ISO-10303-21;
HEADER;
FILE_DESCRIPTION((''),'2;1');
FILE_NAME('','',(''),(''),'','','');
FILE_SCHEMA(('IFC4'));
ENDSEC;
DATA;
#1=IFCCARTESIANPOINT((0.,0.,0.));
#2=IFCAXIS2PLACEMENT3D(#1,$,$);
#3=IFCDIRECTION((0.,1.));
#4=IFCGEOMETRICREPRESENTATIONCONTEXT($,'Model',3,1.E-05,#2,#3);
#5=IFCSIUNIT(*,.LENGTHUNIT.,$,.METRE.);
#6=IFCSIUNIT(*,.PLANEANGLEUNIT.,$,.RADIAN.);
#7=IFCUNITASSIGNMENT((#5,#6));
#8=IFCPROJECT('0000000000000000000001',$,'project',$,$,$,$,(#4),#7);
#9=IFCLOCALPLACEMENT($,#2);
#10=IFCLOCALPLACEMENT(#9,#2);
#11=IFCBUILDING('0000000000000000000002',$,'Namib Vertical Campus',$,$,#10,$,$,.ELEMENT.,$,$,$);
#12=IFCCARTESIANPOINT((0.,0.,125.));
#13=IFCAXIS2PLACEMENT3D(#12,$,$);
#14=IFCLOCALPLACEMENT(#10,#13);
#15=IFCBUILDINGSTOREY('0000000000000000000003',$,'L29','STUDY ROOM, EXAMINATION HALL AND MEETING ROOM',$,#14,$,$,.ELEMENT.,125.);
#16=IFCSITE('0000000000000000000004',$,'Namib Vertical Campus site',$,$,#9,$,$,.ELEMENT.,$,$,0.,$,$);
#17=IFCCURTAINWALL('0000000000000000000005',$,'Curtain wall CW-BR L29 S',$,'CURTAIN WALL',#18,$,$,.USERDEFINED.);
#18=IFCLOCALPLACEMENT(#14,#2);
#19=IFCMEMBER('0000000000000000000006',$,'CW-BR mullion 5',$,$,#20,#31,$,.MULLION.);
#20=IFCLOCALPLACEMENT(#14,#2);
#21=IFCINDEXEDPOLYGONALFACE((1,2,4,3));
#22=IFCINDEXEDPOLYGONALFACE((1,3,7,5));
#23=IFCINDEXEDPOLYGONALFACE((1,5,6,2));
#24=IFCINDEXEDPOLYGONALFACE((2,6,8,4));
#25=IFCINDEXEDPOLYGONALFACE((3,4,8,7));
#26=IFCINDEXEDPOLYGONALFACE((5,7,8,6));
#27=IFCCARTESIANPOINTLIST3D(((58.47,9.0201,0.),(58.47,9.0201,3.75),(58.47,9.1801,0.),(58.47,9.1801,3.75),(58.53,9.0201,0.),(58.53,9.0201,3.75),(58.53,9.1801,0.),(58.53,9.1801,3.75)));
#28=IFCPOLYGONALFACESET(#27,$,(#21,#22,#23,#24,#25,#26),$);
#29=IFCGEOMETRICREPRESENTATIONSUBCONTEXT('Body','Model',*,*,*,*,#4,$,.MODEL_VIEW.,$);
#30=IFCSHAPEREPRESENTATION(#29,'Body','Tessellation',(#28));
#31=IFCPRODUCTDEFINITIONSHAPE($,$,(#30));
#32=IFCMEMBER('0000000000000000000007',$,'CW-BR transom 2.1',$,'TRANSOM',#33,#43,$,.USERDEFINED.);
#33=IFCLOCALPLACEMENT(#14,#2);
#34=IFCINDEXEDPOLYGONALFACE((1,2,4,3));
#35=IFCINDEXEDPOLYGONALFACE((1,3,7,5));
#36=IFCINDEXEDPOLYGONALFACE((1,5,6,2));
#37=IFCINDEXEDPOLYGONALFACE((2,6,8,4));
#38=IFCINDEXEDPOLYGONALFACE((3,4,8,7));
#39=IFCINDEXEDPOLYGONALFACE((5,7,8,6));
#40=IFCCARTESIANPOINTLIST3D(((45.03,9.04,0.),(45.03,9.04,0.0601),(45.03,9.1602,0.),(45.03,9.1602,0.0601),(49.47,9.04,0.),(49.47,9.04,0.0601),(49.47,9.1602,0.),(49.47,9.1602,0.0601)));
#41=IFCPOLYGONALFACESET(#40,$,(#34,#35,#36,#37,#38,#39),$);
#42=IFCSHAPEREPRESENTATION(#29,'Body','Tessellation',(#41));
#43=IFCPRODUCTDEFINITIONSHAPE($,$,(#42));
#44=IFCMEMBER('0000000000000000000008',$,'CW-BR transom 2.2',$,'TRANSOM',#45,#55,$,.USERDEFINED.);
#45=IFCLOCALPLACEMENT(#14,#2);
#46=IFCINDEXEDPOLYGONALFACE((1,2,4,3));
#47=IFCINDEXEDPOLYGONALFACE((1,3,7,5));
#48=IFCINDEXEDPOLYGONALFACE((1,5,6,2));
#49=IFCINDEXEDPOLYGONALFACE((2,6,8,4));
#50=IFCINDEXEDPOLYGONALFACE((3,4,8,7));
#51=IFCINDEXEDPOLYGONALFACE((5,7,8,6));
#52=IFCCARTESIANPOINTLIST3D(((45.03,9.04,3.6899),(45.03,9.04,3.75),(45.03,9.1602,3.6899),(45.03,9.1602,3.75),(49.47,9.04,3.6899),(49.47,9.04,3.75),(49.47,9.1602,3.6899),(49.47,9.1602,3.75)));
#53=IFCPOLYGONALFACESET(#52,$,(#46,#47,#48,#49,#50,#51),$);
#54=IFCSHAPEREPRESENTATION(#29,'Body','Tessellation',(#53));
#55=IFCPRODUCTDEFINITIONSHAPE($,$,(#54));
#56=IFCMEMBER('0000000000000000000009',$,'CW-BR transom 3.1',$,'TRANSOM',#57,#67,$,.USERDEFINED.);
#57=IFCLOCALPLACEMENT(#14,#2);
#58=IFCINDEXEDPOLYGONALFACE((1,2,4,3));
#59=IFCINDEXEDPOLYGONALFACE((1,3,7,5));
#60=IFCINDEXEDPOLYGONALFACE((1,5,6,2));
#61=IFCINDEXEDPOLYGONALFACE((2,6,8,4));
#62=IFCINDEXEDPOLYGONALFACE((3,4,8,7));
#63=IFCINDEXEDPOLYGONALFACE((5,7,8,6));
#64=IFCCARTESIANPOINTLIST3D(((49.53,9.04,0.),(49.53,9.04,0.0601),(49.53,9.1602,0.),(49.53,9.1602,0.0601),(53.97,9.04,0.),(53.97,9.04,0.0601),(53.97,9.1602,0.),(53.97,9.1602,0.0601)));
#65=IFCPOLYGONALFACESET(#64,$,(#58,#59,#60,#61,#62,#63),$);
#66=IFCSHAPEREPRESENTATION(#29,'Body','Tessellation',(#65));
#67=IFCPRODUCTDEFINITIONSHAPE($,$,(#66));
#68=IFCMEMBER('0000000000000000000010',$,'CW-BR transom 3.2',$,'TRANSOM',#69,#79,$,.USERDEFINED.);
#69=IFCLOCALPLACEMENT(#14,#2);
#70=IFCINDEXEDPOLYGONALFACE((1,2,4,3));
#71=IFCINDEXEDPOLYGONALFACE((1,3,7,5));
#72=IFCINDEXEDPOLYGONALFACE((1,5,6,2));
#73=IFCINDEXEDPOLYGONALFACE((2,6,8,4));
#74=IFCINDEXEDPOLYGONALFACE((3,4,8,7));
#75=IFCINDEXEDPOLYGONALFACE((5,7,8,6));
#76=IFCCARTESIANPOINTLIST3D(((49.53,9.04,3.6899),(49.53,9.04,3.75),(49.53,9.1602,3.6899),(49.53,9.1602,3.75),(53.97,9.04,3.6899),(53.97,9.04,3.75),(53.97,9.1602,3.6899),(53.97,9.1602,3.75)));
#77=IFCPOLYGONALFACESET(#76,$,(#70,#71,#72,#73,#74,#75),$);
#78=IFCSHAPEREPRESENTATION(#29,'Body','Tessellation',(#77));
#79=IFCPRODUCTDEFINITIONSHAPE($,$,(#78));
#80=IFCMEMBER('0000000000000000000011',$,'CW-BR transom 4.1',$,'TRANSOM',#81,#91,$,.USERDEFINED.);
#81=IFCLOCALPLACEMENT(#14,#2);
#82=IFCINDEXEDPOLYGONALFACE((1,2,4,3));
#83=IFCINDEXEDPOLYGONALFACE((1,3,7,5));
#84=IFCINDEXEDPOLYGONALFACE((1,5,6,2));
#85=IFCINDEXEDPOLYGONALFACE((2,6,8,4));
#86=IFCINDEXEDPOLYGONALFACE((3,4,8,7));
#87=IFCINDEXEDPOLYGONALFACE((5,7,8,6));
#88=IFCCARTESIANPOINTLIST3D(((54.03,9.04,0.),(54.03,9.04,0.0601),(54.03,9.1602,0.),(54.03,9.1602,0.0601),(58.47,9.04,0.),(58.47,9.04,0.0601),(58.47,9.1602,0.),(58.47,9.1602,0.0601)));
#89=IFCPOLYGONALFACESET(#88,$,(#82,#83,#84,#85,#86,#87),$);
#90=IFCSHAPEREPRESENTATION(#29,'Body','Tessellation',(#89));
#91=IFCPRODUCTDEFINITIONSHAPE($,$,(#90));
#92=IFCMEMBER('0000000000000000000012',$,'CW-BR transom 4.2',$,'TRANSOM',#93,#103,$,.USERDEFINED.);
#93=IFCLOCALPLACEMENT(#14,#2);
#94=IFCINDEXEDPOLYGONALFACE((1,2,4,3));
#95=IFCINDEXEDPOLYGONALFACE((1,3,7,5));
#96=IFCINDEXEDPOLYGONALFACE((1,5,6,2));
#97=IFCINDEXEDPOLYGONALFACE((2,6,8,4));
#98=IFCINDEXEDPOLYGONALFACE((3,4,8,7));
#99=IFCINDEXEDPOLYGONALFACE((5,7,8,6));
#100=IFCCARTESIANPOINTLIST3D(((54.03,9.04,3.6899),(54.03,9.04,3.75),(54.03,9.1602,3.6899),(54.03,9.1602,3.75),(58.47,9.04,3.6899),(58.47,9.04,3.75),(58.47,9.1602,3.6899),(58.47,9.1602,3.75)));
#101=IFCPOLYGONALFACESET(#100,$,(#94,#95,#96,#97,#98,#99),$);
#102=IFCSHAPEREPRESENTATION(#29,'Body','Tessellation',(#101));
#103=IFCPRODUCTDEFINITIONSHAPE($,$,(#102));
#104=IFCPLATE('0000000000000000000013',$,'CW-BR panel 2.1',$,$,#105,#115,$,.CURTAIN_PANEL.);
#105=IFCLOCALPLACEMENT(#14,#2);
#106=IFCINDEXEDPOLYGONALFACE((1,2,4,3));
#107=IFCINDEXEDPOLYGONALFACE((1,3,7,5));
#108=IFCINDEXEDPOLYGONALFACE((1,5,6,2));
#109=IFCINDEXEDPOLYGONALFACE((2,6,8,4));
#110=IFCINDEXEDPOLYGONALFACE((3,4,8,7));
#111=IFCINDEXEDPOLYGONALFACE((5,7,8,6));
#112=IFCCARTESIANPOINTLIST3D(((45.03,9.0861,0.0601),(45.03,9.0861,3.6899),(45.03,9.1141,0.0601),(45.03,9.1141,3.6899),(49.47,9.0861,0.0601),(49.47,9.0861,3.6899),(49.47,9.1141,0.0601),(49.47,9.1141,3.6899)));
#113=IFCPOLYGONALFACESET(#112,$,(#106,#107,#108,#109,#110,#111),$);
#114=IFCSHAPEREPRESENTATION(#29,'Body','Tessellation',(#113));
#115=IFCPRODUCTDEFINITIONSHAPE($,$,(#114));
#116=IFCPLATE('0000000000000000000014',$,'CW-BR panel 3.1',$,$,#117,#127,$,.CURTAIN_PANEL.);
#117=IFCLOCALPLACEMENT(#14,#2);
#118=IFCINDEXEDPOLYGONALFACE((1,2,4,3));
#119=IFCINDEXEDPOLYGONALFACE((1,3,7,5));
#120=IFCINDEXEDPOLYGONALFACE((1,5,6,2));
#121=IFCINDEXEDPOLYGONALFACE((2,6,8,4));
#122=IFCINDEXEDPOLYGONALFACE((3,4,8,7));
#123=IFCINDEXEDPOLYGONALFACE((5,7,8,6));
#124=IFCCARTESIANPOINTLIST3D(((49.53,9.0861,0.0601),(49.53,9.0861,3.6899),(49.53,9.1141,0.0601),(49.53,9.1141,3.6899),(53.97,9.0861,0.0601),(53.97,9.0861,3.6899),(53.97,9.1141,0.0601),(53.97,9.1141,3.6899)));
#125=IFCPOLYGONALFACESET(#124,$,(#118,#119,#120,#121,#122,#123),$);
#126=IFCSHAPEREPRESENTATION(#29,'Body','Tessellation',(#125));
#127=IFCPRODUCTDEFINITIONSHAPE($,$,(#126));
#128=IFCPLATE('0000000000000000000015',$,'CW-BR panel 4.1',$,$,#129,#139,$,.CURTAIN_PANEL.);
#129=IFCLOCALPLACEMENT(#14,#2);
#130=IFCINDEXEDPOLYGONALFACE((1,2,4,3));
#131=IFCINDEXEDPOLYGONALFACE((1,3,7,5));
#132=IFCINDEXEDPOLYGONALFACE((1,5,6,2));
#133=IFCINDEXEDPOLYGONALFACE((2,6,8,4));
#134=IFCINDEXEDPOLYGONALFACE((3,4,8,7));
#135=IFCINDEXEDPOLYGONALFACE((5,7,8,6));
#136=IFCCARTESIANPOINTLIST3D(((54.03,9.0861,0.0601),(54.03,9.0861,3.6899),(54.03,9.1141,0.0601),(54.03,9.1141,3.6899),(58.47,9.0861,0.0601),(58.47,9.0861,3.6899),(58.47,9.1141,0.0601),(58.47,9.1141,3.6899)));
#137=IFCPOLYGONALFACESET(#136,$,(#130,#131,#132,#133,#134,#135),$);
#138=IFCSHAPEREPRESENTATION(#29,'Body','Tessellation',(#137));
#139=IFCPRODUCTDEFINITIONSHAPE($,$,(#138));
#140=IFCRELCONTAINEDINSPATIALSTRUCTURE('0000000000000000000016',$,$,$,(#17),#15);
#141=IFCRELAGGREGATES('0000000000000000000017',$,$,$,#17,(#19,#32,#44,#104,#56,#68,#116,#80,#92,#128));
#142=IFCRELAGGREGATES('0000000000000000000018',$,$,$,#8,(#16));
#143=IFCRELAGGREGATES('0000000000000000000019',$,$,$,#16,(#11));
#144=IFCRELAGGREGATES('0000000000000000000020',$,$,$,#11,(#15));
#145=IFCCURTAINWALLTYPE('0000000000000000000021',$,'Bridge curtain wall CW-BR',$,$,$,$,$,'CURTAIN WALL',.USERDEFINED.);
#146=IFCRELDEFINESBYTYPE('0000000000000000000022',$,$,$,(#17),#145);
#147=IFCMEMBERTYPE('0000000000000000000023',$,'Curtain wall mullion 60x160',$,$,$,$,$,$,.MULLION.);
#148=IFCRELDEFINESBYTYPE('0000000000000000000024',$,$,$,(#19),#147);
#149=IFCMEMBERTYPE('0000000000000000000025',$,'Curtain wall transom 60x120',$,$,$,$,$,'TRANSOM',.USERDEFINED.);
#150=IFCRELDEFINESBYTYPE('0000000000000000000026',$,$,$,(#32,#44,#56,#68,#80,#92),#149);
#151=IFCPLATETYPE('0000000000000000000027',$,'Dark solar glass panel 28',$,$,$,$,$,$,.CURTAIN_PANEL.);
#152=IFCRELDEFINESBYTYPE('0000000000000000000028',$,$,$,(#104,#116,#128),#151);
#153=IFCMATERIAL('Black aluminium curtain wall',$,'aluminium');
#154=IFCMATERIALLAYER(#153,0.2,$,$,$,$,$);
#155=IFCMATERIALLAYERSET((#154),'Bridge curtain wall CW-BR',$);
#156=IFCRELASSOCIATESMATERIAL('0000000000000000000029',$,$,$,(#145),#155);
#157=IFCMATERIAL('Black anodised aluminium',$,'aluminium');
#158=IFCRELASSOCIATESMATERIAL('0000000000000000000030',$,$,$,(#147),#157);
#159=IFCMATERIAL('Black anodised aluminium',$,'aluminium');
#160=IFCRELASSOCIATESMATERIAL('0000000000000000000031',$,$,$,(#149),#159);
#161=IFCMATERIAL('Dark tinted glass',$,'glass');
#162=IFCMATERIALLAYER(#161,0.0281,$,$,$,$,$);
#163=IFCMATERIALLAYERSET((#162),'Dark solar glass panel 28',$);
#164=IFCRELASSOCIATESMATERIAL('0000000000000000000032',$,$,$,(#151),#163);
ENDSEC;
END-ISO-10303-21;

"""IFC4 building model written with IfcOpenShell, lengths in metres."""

from ifc_helpers import new_model, si_unit, direction, frame, origin, origin_2d, place, context, subcontext, project, spatial, rectangle, extrude, material, layer, layer_set, material_profile, profile_set, type_object, element, aggregate, save


model = new_model("IFC4")

# Units and contexts
model_context = context("Model", 3, precision=1e-05, world=origin(), true_north=direction((0.0, 1.0)))
body_context = subcontext(model_context, "Body", "Model", "MODEL_VIEW")
ifc_project = project(units=[si_unit("LENGTHUNIT", "METRE"), si_unit("PLANEANGLEUNIT", "RADIAN")], contexts=[model_context])

# Site, building, storey
site_placement = place(None, origin())
site = spatial("IfcSite", under=ifc_project, at=site_placement, Name="Namib Vertical Campus site", CompositionType="ELEMENT", RefElevation=0.0)
building_placement = place(site_placement, origin())
building = spatial("IfcBuilding", under=site, at=building_placement, Name="Namib Vertical Campus", CompositionType="ELEMENT")
storey_placement = place(building_placement, frame((0.0, 0.0, 125.0)))
storey = spatial("IfcBuildingStorey", under=building, at=storey_placement, Name="L29", Description="STUDY ROOM, EXAMINATION HALL AND MEETING ROOM", CompositionType="ELEMENT", Elevation=125.0)

# Curtain wall, members, plates
ifc_material_1 = material(Name="Black aluminium curtain wall", Category="aluminium")
ifc_layer_1 = layer(ifc_material_1, 0.2)
ifc_layer_set_1 = layer_set([ifc_layer_1], Name="Bridge curtain wall CW-BR")
curtain_wall_type = type_object("IfcCurtainWallType", Name="Bridge curtain wall CW-BR", ElementType="CURTAIN WALL", PredefinedType="USERDEFINED", material=ifc_layer_set_1)
curtain_wall_placement = place(storey_placement, origin())
curtain_wall = element("IfcCurtainWall", 1, at=curtain_wall_placement, inside=storey, type_object=curtain_wall_type, Name="Curtain wall CW-BR L29 S", ObjectType="CURTAIN WALL", PredefinedType="USERDEFINED")
ifc_material_2 = material(Name="Black anodised aluminium", Category="aluminium")
ifc_material_profile_1 = material_profile(ifc_material_2, rectangle(XDim=0.0601, YDim=0.1599, at=origin_2d()))
ifc_profile_set_1 = profile_set([ifc_material_profile_1], Name="Black anodised aluminium")
member_type_1 = type_object("IfcMemberType", Name="Curtain wall mullion 60x160", PredefinedType="MULLION", material=ifc_profile_set_1)
member_1_placement = place(storey_placement, frame((58.5, 9.1001, 0.0), z_axis=(0.0, 0.0, 1.0), x_axis=(1.0, 0.0, 0.0)))
member_1 = element("IfcMember", 2, at=member_1_placement, type_object=member_type_1, Name="CW-BR mullion 5", PredefinedType="MULLION", context=body_context, shape_type="SweptSolid", body=[
    extrude(rectangle(XDim=0.0601, YDim=0.1599, at=origin_2d()), origin(), (0.0, 0.0, 1.0), 3.75),
])
ifc_material_3 = material(Name="Black anodised aluminium", Category="aluminium")
ifc_material_profile_2 = material_profile(ifc_material_3, rectangle(XDim=0.0601, YDim=0.1201, at=origin_2d()))
ifc_profile_set_2 = profile_set([ifc_material_profile_2], Name="Black anodised aluminium")
member_type_2 = type_object("IfcMemberType", Name="Curtain wall transom 60x120", ElementType="TRANSOM", PredefinedType="USERDEFINED", material=ifc_profile_set_2)
member_2_placement = place(storey_placement, frame((45.03, 9.1001, 0.03), z_axis=(1.0, 0.0, 0.0), x_axis=(0.0, 0.0, 1.0)))
member_2 = element("IfcMember", 3, at=member_2_placement, type_object=member_type_2, Name="CW-BR transom 2.1", ObjectType="TRANSOM", PredefinedType="USERDEFINED", context=body_context, shape_type="SweptSolid", body=[
    extrude(rectangle(XDim=0.0601, YDim=0.1201, at=origin_2d()), origin(), (0.0, 0.0, 1.0), 4.4399),
])
member_3_placement = place(storey_placement, frame((45.03, 9.1001, 3.72), z_axis=(1.0, 0.0, 0.0), x_axis=(0.0, 0.0, 1.0)))
member_3 = element("IfcMember", 4, at=member_3_placement, type_object=member_type_2, Name="CW-BR transom 2.2", ObjectType="TRANSOM", PredefinedType="USERDEFINED", context=body_context, shape_type="SweptSolid", body=[
    extrude(rectangle(XDim=0.0601, YDim=0.1201, at=origin_2d()), origin(), (0.0, 0.0, 1.0), 4.4399),
])
member_4_placement = place(storey_placement, frame((49.53, 9.1001, 0.03), z_axis=(1.0, 0.0, 0.0), x_axis=(0.0, 0.0, 1.0)))
member_4 = element("IfcMember", 5, at=member_4_placement, type_object=member_type_2, Name="CW-BR transom 3.1", ObjectType="TRANSOM", PredefinedType="USERDEFINED", context=body_context, shape_type="SweptSolid", body=[
    extrude(rectangle(XDim=0.0601, YDim=0.1201, at=origin_2d()), origin(), (0.0, 0.0, 1.0), 4.4399),
])
member_5_placement = place(storey_placement, frame((49.53, 9.1001, 3.72), z_axis=(1.0, 0.0, 0.0), x_axis=(0.0, 0.0, 1.0)))
member_5 = element("IfcMember", 6, at=member_5_placement, type_object=member_type_2, Name="CW-BR transom 3.2", ObjectType="TRANSOM", PredefinedType="USERDEFINED", context=body_context, shape_type="SweptSolid", body=[
    extrude(rectangle(XDim=0.0601, YDim=0.1201, at=origin_2d()), origin(), (0.0, 0.0, 1.0), 4.4399),
])
member_6_placement = place(storey_placement, frame((54.03, 9.1001, 0.03), z_axis=(1.0, 0.0, 0.0), x_axis=(0.0, 0.0, 1.0)))
member_6 = element("IfcMember", 7, at=member_6_placement, type_object=member_type_2, Name="CW-BR transom 4.1", ObjectType="TRANSOM", PredefinedType="USERDEFINED", context=body_context, shape_type="SweptSolid", body=[
    extrude(rectangle(XDim=0.0601, YDim=0.1201, at=origin_2d()), origin(), (0.0, 0.0, 1.0), 4.4399),
])
member_7_placement = place(storey_placement, frame((54.03, 9.1001, 3.72), z_axis=(1.0, 0.0, 0.0), x_axis=(0.0, 0.0, 1.0)))
member_7 = element("IfcMember", 8, at=member_7_placement, type_object=member_type_2, Name="CW-BR transom 4.2", ObjectType="TRANSOM", PredefinedType="USERDEFINED", context=body_context, shape_type="SweptSolid", body=[
    extrude(rectangle(XDim=0.0601, YDim=0.1201, at=origin_2d()), origin(), (0.0, 0.0, 1.0), 4.4399),
])
ifc_material_4 = material(Name="Dark tinted glass", Category="glass")
ifc_layer_2 = layer(ifc_material_4, 0.0281)
ifc_layer_set_2 = layer_set([ifc_layer_2], Name="Dark solar glass panel 28")
plate_type = type_object("IfcPlateType", Name="Dark solar glass panel 28", PredefinedType="CURTAIN_PANEL", material=ifc_layer_set_2)
plate_1_placement = place(storey_placement, frame((47.25, 9.1001, 0.0601), z_axis=(0.0, 0.0, 1.0), x_axis=(1.0, 0.0, 0.0)))
plate_1 = element("IfcPlate", 9, at=plate_1_placement, type_object=plate_type, Name="CW-BR panel 2.1", PredefinedType="CURTAIN_PANEL", context=body_context, shape_type="SweptSolid", body=[
    extrude(rectangle(XDim=4.4399, YDim=0.0281, at=origin_2d()), origin(), (0.0, 0.0, 1.0), 3.6299),
])
plate_2_placement = place(storey_placement, frame((51.75, 9.1001, 0.0601), z_axis=(0.0, 0.0, 1.0), x_axis=(1.0, 0.0, 0.0)))
plate_2 = element("IfcPlate", 10, at=plate_2_placement, type_object=plate_type, Name="CW-BR panel 3.1", PredefinedType="CURTAIN_PANEL", context=body_context, shape_type="SweptSolid", body=[
    extrude(rectangle(XDim=4.4399, YDim=0.0281, at=origin_2d()), origin(), (0.0, 0.0, 1.0), 3.6299),
])
plate_3_placement = place(storey_placement, frame((56.25, 9.1001, 0.0601), z_axis=(0.0, 0.0, 1.0), x_axis=(1.0, 0.0, 0.0)))
plate_3 = element("IfcPlate", 11, at=plate_3_placement, type_object=plate_type, Name="CW-BR panel 4.1", PredefinedType="CURTAIN_PANEL", context=body_context, shape_type="SweptSolid", body=[
    extrude(rectangle(XDim=4.4399, YDim=0.0281, at=origin_2d()), origin(), (0.0, 0.0, 1.0), 3.6299),
])
aggregate(curtain_wall, [member_1, member_2, member_3, plate_1, member_4, member_5, plate_2, member_6, member_7, plate_3])

save(model, "model.ifc")
